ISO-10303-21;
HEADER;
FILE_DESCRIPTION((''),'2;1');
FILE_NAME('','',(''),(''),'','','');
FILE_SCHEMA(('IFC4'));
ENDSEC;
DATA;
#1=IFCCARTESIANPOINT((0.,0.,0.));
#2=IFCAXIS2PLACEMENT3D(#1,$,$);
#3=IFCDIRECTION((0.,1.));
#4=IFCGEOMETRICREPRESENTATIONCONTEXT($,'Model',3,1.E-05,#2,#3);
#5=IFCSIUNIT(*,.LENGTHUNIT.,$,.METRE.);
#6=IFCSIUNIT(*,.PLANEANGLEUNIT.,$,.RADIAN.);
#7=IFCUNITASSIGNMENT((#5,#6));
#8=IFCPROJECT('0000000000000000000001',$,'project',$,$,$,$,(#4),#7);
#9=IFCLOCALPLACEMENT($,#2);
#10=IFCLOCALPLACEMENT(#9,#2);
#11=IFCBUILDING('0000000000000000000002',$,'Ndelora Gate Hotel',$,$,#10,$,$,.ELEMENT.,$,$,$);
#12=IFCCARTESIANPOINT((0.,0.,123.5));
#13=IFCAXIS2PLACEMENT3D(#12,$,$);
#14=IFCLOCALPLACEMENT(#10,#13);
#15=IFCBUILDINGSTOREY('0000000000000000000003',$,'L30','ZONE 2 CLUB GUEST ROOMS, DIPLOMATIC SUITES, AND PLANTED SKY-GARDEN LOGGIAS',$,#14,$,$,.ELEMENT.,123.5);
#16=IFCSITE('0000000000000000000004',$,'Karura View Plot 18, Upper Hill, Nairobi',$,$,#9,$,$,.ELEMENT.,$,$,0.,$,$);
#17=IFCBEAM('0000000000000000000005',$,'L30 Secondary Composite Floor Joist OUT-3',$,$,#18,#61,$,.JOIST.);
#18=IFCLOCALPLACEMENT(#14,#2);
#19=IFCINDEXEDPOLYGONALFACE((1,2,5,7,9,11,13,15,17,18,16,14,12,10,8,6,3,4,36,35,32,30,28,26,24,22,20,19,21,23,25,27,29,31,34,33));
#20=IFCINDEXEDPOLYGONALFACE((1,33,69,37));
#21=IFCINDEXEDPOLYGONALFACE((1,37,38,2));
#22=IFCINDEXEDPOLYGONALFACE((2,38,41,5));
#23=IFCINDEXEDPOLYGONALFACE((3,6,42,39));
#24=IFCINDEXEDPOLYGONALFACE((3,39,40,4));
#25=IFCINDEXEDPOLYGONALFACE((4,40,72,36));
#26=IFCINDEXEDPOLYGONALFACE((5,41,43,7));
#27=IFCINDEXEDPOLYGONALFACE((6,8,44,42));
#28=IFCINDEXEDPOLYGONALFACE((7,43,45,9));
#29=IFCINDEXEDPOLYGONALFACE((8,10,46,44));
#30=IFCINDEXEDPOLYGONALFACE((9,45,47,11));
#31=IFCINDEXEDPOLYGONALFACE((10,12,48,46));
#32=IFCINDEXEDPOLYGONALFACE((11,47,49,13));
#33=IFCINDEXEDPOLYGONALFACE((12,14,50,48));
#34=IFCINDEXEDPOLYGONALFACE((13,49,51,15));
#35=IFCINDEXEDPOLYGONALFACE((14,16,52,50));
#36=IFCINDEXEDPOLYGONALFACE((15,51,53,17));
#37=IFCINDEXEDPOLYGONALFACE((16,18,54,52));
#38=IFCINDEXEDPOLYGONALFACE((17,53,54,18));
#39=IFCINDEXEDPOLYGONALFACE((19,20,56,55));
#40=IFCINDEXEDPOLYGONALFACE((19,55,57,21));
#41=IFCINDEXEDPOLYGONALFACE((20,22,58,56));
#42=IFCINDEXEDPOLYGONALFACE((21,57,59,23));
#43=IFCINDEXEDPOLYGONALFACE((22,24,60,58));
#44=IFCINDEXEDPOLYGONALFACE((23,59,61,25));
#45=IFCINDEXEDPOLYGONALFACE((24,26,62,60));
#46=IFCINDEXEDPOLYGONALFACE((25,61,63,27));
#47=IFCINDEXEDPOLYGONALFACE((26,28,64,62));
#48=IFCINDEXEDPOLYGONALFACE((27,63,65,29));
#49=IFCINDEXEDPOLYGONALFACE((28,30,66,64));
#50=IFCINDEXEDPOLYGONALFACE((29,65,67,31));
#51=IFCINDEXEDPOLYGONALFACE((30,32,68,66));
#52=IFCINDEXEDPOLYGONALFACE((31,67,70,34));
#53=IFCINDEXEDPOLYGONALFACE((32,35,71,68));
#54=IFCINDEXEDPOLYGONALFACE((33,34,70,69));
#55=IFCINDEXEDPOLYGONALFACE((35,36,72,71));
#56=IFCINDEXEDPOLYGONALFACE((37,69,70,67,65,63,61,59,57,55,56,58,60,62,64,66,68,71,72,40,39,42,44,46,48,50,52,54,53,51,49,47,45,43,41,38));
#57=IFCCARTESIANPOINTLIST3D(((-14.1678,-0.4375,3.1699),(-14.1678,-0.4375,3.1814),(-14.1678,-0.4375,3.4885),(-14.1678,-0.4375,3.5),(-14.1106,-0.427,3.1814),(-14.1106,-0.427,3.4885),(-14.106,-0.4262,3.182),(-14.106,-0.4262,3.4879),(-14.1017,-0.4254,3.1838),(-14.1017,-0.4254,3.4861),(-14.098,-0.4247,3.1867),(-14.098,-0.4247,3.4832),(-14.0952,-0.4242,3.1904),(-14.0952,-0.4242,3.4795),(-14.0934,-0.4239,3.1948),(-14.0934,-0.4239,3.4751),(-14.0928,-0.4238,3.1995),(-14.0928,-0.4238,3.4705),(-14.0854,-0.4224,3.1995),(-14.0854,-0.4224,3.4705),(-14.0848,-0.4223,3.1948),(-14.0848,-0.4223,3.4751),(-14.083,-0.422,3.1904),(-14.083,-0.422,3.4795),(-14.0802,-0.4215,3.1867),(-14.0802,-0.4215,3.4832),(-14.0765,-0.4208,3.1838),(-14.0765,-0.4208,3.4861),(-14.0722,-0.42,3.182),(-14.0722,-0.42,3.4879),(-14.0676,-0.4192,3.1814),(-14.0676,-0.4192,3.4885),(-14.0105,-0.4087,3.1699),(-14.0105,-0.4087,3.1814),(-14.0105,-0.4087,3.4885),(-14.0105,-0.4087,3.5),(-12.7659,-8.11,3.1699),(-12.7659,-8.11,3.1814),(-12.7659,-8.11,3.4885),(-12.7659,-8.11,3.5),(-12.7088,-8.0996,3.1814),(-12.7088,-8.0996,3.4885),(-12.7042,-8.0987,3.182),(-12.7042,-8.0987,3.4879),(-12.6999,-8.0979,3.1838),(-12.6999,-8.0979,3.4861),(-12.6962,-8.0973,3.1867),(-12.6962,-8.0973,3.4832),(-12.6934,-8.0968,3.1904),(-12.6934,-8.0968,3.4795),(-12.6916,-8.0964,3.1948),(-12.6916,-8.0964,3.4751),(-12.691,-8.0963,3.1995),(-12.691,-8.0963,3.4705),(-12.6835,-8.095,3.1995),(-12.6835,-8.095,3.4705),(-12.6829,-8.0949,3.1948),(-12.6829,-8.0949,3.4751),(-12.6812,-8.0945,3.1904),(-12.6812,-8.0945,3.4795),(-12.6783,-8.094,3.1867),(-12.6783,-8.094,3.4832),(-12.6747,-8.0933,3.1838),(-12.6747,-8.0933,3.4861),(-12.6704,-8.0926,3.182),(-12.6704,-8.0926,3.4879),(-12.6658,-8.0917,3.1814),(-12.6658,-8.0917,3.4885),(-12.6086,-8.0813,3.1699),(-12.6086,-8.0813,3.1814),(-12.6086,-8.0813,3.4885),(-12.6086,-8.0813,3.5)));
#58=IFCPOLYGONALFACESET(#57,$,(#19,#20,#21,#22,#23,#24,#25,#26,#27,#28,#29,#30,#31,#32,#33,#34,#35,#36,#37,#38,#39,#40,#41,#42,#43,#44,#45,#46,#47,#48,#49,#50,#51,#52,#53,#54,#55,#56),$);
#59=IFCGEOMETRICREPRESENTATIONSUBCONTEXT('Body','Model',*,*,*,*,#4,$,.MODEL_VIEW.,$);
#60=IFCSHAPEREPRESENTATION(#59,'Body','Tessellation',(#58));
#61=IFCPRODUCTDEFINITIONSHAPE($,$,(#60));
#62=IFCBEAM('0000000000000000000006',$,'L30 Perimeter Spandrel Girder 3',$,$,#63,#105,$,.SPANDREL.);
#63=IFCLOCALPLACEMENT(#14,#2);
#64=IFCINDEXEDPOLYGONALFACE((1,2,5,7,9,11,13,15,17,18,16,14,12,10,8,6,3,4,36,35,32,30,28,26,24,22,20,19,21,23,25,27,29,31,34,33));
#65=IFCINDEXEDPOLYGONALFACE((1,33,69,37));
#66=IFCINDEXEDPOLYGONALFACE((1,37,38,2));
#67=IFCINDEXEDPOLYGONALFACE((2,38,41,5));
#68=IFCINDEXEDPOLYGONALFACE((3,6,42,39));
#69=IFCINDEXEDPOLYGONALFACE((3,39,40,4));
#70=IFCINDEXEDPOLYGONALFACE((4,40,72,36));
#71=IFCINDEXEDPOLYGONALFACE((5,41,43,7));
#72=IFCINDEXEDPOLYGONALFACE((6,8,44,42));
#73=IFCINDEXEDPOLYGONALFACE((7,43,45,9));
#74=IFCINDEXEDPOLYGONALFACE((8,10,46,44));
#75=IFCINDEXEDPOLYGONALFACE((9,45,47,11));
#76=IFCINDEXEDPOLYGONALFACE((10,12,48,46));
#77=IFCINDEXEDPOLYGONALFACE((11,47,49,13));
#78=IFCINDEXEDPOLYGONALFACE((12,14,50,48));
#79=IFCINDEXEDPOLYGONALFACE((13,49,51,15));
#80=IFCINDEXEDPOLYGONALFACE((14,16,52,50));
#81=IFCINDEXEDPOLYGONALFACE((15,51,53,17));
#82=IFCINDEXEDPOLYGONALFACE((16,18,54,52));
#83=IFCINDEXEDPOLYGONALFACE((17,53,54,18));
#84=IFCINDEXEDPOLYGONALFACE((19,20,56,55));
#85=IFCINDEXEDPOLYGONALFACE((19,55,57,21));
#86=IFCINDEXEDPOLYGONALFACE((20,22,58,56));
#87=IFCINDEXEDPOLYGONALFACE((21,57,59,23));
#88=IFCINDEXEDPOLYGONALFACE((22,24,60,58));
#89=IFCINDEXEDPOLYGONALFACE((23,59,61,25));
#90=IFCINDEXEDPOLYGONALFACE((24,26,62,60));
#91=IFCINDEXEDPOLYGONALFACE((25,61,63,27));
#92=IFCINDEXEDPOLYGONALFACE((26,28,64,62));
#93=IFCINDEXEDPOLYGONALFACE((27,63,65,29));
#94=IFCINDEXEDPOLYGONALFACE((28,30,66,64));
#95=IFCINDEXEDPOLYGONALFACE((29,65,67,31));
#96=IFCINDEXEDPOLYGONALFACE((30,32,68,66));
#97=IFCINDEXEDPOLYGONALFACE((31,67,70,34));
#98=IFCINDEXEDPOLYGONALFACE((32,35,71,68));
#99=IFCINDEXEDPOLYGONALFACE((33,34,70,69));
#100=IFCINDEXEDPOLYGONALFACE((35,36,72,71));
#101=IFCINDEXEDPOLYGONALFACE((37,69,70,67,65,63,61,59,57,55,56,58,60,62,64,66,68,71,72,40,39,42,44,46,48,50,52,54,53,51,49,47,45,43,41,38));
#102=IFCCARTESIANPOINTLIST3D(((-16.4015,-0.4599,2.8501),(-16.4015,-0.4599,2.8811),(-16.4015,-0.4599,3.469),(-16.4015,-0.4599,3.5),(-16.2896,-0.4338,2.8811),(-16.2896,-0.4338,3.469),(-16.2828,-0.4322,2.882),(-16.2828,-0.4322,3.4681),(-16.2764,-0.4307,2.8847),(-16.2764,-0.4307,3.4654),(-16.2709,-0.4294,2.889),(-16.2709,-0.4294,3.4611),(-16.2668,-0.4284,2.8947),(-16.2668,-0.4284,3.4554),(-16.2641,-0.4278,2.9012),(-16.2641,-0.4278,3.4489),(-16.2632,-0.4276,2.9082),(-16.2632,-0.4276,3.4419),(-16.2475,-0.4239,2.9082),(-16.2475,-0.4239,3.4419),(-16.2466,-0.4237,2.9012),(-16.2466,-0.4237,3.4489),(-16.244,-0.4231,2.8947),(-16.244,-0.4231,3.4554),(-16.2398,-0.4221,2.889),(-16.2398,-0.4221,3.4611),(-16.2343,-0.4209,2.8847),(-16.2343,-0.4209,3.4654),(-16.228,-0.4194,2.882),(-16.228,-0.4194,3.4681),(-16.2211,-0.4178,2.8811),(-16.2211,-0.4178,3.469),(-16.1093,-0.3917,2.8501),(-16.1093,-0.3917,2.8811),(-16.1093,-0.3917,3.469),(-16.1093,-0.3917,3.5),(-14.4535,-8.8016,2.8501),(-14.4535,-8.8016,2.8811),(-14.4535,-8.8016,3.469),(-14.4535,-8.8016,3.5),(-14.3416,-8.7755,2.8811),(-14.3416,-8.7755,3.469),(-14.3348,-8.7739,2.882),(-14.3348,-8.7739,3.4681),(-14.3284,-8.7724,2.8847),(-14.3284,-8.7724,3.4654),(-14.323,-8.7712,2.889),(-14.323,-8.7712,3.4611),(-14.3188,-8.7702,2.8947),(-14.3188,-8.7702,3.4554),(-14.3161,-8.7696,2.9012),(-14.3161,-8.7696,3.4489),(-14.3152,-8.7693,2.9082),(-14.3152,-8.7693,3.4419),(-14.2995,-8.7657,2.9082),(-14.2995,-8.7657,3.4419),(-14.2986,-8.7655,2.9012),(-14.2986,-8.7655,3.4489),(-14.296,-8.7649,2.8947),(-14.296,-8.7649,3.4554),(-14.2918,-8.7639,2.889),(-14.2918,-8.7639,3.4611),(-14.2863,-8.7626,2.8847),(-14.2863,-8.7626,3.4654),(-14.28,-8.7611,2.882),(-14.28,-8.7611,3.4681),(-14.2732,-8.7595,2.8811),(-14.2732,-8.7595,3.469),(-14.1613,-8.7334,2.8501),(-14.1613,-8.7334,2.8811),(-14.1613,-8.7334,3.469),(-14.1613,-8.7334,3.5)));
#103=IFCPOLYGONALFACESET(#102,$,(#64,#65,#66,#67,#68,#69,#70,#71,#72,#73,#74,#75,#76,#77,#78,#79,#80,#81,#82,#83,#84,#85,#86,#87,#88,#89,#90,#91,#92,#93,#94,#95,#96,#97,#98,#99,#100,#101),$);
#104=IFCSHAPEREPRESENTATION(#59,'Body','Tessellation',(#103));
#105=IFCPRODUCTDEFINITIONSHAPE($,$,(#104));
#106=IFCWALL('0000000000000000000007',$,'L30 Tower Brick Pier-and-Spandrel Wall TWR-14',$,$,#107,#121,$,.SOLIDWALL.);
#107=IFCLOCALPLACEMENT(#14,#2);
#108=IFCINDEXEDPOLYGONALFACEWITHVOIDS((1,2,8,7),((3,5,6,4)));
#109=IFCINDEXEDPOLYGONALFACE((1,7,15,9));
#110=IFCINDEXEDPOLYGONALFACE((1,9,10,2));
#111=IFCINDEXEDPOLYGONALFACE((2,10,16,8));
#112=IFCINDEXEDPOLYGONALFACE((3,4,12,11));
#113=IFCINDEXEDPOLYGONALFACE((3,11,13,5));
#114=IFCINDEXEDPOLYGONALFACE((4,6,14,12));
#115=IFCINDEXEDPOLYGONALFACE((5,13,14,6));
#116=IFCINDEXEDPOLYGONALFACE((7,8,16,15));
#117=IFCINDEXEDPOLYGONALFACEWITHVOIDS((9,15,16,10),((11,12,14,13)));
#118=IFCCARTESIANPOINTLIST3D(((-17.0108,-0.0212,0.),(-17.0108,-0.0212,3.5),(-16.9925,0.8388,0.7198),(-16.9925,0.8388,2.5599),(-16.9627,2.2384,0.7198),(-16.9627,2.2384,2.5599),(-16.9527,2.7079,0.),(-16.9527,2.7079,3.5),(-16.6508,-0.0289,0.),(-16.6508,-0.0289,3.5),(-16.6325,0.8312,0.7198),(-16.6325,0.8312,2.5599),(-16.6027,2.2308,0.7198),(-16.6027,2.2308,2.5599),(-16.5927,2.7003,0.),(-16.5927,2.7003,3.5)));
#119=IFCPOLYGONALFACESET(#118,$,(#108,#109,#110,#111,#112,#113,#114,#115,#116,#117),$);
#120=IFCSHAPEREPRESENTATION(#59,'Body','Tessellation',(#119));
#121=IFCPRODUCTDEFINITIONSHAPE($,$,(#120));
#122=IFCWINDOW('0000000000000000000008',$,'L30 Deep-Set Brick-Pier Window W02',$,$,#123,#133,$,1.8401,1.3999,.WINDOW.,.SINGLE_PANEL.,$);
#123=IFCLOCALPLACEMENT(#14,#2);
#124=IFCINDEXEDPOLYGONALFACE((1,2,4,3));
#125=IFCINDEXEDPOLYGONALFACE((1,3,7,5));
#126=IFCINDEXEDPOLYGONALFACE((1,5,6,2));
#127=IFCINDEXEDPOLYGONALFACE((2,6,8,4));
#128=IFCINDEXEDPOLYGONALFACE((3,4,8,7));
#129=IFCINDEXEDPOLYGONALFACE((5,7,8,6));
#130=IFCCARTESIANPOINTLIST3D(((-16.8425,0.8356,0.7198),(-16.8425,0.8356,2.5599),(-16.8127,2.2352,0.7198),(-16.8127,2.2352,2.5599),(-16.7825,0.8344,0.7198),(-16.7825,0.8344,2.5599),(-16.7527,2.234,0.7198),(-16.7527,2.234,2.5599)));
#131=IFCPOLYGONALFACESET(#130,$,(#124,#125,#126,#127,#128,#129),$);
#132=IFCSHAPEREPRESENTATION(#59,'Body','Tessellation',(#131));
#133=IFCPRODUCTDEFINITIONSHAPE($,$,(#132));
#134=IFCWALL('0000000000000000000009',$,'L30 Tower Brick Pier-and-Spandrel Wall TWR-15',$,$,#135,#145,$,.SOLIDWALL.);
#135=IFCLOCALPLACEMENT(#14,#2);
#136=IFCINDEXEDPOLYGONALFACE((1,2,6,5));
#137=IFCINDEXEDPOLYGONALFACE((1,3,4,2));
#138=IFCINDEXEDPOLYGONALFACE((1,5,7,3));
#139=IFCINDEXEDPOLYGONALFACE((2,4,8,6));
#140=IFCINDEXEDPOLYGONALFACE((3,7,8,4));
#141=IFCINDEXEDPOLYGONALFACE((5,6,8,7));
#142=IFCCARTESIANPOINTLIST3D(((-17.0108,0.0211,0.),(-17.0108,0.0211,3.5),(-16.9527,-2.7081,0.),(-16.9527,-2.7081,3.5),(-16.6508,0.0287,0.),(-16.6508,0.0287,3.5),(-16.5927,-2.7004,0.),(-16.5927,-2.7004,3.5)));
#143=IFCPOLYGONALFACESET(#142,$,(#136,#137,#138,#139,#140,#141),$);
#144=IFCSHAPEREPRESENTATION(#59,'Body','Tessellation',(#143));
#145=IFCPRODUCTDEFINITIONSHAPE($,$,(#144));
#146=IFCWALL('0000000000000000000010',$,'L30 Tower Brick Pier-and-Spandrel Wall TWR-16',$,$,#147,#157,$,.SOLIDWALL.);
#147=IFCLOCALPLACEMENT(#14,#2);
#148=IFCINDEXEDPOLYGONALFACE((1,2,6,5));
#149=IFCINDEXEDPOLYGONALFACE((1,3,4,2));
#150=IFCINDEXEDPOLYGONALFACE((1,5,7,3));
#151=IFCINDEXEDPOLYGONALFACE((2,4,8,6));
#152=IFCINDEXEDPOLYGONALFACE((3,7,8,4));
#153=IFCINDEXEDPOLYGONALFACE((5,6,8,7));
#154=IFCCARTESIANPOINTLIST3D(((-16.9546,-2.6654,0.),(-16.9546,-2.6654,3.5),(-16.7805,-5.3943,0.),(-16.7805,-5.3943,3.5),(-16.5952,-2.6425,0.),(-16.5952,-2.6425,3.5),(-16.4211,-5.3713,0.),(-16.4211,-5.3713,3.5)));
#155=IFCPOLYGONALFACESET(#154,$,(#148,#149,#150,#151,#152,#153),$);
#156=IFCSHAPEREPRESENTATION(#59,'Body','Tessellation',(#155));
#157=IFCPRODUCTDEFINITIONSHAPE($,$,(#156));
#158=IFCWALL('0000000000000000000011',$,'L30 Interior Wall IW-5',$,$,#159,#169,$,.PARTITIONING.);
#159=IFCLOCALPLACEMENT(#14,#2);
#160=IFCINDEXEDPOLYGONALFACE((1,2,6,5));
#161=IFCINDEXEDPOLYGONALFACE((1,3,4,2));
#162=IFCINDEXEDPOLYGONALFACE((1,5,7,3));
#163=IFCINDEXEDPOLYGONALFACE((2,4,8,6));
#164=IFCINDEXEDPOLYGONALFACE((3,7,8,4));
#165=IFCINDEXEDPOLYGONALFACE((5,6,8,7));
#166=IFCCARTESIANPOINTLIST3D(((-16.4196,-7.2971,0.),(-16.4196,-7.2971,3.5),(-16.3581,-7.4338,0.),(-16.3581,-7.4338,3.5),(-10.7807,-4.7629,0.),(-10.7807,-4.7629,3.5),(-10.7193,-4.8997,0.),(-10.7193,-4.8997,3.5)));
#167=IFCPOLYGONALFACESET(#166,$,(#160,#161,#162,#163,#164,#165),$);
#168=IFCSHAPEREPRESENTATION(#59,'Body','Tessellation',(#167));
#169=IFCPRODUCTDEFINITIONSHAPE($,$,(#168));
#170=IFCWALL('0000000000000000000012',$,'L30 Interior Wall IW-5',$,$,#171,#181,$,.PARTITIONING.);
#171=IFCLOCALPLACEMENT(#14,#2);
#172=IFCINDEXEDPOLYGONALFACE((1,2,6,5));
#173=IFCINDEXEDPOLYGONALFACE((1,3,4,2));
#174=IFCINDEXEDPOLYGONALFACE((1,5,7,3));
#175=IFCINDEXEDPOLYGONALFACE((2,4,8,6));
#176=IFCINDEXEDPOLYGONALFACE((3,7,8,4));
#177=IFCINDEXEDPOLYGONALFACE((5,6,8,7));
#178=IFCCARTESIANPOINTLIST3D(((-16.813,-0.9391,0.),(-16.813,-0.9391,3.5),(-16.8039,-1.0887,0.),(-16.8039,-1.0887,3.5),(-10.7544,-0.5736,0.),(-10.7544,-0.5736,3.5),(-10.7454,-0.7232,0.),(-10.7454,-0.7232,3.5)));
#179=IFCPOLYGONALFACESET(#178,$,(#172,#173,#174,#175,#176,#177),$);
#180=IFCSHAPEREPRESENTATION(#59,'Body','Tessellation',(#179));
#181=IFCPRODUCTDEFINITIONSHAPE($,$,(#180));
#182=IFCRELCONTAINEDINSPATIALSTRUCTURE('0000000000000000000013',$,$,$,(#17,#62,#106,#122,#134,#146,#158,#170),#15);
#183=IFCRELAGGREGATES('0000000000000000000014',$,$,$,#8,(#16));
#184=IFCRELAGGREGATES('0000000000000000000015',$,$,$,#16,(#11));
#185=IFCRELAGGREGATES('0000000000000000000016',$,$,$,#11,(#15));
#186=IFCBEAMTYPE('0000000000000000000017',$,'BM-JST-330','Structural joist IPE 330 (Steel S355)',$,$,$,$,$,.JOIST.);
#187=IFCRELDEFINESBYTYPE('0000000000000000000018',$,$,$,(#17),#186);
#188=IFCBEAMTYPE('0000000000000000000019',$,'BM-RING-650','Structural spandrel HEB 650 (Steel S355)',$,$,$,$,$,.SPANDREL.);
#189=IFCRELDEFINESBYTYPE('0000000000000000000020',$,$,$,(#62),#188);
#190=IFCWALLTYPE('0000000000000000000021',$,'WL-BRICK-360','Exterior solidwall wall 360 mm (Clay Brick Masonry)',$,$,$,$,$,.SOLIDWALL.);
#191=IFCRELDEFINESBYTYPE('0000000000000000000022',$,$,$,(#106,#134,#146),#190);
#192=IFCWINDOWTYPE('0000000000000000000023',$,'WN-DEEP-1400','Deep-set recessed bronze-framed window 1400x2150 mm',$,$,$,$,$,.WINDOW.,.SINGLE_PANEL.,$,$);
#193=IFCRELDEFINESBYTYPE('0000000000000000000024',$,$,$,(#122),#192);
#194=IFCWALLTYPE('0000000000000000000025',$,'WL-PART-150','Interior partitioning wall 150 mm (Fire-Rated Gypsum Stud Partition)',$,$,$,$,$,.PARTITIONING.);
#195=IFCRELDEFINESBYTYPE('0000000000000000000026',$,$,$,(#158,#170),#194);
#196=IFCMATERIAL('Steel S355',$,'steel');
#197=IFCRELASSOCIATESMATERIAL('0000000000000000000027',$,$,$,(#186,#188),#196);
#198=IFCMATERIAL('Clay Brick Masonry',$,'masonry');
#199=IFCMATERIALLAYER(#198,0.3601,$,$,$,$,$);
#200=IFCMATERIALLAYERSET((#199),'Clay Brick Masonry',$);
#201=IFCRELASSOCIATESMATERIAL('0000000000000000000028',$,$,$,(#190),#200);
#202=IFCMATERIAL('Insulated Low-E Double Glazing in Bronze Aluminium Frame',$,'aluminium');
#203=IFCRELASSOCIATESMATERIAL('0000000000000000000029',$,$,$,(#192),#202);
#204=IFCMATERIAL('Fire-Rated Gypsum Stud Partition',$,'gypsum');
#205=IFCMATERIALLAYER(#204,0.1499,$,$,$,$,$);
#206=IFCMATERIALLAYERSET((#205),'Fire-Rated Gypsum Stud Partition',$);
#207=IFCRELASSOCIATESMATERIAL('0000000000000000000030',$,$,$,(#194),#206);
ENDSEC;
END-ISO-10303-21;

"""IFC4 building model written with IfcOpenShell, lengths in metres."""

from ifc_helpers import new_model, si_unit, direction, frame, frame_2d, origin, origin_2d, place, context, subcontext, project, spatial, rectangle, i_section, extrude, material, layer, layer_set, material_profile, profile_set, type_object, element, fill, save


model = new_model("IFC4")

# Units and contexts
model_context = context("Model", 3, precision=1e-05, world=origin(), true_north=direction((0.0, 1.0)))
body_context = subcontext(model_context, "Body", "Model", "MODEL_VIEW")
ifc_project = project(units=[si_unit("LENGTHUNIT", "METRE"), si_unit("PLANEANGLEUNIT", "RADIAN")], contexts=[model_context])

# Site, building, storey
site_placement = place(None, origin())
site = spatial("IfcSite", under=ifc_project, at=site_placement, Name="Karura View Plot 18, Upper Hill, Nairobi", CompositionType="ELEMENT", RefElevation=0.0)
building_placement = place(site_placement, origin())
building = spatial("IfcBuilding", under=site, at=building_placement, Name="Ndelora Gate Hotel", CompositionType="ELEMENT")
storey_placement = place(building_placement, frame((0.0, 0.0, 123.5)))
storey = spatial("IfcBuildingStorey", under=building, at=storey_placement, Name="L30", Description="ZONE 2 CLUB GUEST ROOMS, DIPLOMATIC SUITES, AND PLANTED SKY-GARDEN LOGGIAS", CompositionType="ELEMENT", Elevation=123.5)

# Beams
ifc_material_1 = material(Name="Steel S355", Category="steel")
ifc_material_profile_1 = material_profile(ifc_material_1, i_section(OverallWidth=0.1599, OverallDepth=0.3301, WebThickness=0.0076, FlangeThickness=0.0115, FilletRadius=0.0181, at=origin_2d()), Name="IPE 330")
ifc_profile_set_1 = profile_set([ifc_material_profile_1], Name="Steel S355")
beam_type_1 = type_object("IfcBeamType", Name="BM-JST-330", Description="Structural joist IPE 330 (Steel S355)", PredefinedType="JOIST", material=ifc_profile_set_1)
beam_1_placement = place(storey_placement, frame((-14.0891, -0.4231, 3.335), z_axis=(0.179734, -0.983715, 0.0), x_axis=(0.983715, 0.179734, 0.0)))
element("IfcBeam", 1, at=beam_1_placement, inside=storey, type_object=beam_type_1, Name="L30 Secondary Composite Floor Joist OUT-3", PredefinedType="JOIST", context=body_context, shape_type="SweptSolid", body=[
    extrude(i_section(OverallWidth=0.1599, OverallDepth=0.3301, WebThickness=0.0076, FlangeThickness=0.0115, FilletRadius=0.0181, at=origin_2d()), origin(), (0.0, 0.0, 1.0), 7.7996),
])
ifc_material_profile_2 = material_profile(ifc_material_1, i_section(OverallWidth=0.3, OverallDepth=0.6499, WebThickness=0.0161, FlangeThickness=0.031, FilletRadius=0.0271, at=origin_2d()), Name="HEB 650")
ifc_profile_set_2 = profile_set([ifc_material_profile_2], Name="Steel S355")
beam_type_2 = type_object("IfcBeamType", Name="BM-RING-650", Description="Structural spandrel HEB 650 (Steel S355)", PredefinedType="SPANDREL", material=ifc_profile_set_2)
beam_2_placement = place(storey_placement, frame((-16.2554, -0.4258, 3.175), z_axis=(0.227404, -0.9738, 0.0), x_axis=(0.9738, 0.227404, 0.0)))
element("IfcBeam", 2, at=beam_2_placement, inside=storey, type_object=beam_type_2, Name="L30 Perimeter Spandrel Girder 3", PredefinedType="SPANDREL", context=body_context, shape_type="SweptSolid", body=[
    extrude(i_section(OverallWidth=0.3, OverallDepth=0.6499, WebThickness=0.0161, FlangeThickness=0.031, FilletRadius=0.0271, at=origin_2d()), origin(), (0.0, 0.0, 1.0), 8.5662),
])

# Wall, opening, window
ifc_material_2 = material(Name="Clay Brick Masonry", Category="masonry")
ifc_layer_1 = layer(ifc_material_2, 0.3601)
ifc_layer_set_1 = layer_set([ifc_layer_1], Name="Clay Brick Masonry")
wall_type_1 = type_object("IfcWallType", Name="WL-BRICK-360", Description="Exterior solidwall wall 360 mm (Clay Brick Masonry)", PredefinedType="SOLIDWALL", material=ifc_layer_set_1)
wall_1_placement = place(storey_placement, frame((-16.8308, -0.0249, 0.0), z_axis=(0.0, 0.0, 1.0), x_axis=(0.021287, 0.999773, 0.0)))
wall_1 = element("IfcWall", 3, at=wall_1_placement, inside=storey, type_object=wall_type_1, Name="L30 Tower Brick Pier-and-Spandrel Wall TWR-14", PredefinedType="SOLIDWALL", context=body_context, shape_type="SweptSolid", body=[
    extrude(rectangle(XDim=2.7297, YDim=0.3601, at=frame_2d((1.3647, 0.0))), origin(), (0.0, 0.0, 1.0), 3.5),
])
opening_1_placement = place(wall_1_placement, frame((0.8601, 0.0, 0.72)))
opening_1 = element("IfcOpeningElement", 4, at=opening_1_placement, cuts=wall_1, PredefinedType="OPENING", context=body_context, shape_type="SweptSolid", body=[
    extrude(rectangle(XDim=1.3999, YDim=1.8401, at=frame_2d((0.7, 0.9199))), frame((0.0, 0.1899, 0.0), z_axis=(0.0, -1.0, 0.0), x_axis=(1.0, 0.0, 0.0)), (0.0, 0.0, 1.0), 0.3801),
])
ifc_material_3 = material(Name="Insulated Low-E Double Glazing in Bronze Aluminium Frame", Category="aluminium")
window_type = type_object("IfcWindowType", Name="WN-DEEP-1400", Description="Deep-set recessed bronze-framed window 1400x2150 mm", PartitioningType="SINGLE_PANEL", PredefinedType="WINDOW", material=ifc_material_3)
window_placement = place(opening_1_placement, origin())
window = element("IfcWindow", 5, at=window_placement, inside=storey, type_object=window_type, Name="L30 Deep-Set Brick-Pier Window W02", OverallHeight=1.8401, OverallWidth=1.3999, PartitioningType="SINGLE_PANEL", PredefinedType="WINDOW", context=body_context, shape_type="SweptSolid", body=[
    extrude(rectangle(XDim=1.3999, YDim=1.8401, at=frame_2d((0.7, 0.9199))), frame((0.0, 0.03, 0.0), z_axis=(0.0, -1.0, 0.0), x_axis=(1.0, 0.0, 0.0)), (0.0, 0.0, 1.0), 0.0601),
])
fill(opening_1, window)

# Walls
wall_2_placement = place(storey_placement, frame((-16.7727, -2.7041, 0.0), z_axis=(0.0, 0.0, 1.0), x_axis=(-0.021287, 0.999773, 0.0)))
element("IfcWall", 6, at=wall_2_placement, inside=storey, type_object=wall_type_1, Name="L30 Tower Brick Pier-and-Spandrel Wall TWR-15", PredefinedType="SOLIDWALL", context=body_context, shape_type="SweptSolid", body=[
    extrude(rectangle(XDim=2.7297, YDim=0.3601, at=frame_2d((1.3647, 0.0))), origin(), (0.0, 0.0, 1.0), 3.5),
])
wall_3_placement = place(storey_placement, frame((-16.6008, -5.3828, 0.0), z_axis=(0.0, 0.0, 1.0), x_axis=(-0.063662, 0.997971, 0.0)))
element("IfcWall", 7, at=wall_3_placement, inside=storey, type_object=wall_type_1, Name="L30 Tower Brick Pier-and-Spandrel Wall TWR-16", PredefinedType="SOLIDWALL", context=body_context, shape_type="SweptSolid", body=[
    extrude(rectangle(XDim=2.7344, YDim=0.3601, at=frame_2d((1.3672, 0.0))), origin(), (0.0, 0.0, 1.0), 3.5),
])

# Shared definitions
ifc_material_4 = material(Name="Fire-Rated Gypsum Stud Partition", Category="gypsum")
ifc_layer_2 = layer(ifc_material_4, 0.1499)
ifc_layer_set_2 = layer_set([ifc_layer_2], Name="Fire-Rated Gypsum Stud Partition")
wall_type_2 = type_object("IfcWallType", Name="WL-PART-150", Description="Interior partitioning wall 150 mm (Fire-Rated Gypsum Stud Partition)", PredefinedType="PARTITIONING", material=ifc_layer_set_2)

# Walls
wall_4_placement = place(storey_placement, frame((-10.75, -4.8313, 0.0), z_axis=(0.0, 0.0, 1.0), x_axis=(-0.912123, -0.409916, 0.0)))
element("IfcWall", 8, at=wall_4_placement, inside=storey, type_object=wall_type_2, Name="L30 Interior Wall IW-5", PredefinedType="PARTITIONING", context=body_context, shape_type="SweptSolid", body=[
    extrude(rectangle(XDim=6.1821, YDim=0.1499, at=frame_2d((3.0911, 0.0))), origin(), (0.0, 0.0, 1.0), 3.5),
])
wall_5_placement = place(storey_placement, frame((-10.75, -0.6484, 0.0), z_axis=(0.0, 0.0, 1.0), x_axis=(-0.998185, -0.060215, 0.0)))
element("IfcWall", 9, at=wall_5_placement, inside=storey, type_object=wall_type_2, Name="L30 Interior Wall IW-5", PredefinedType="PARTITIONING", context=body_context, shape_type="SweptSolid", body=[
    extrude(rectangle(XDim=6.0696, YDim=0.1499, at=frame_2d((3.0347, 0.0))), origin(), (0.0, 0.0, 1.0), 3.5),
])

save(model, "model.ifc")
